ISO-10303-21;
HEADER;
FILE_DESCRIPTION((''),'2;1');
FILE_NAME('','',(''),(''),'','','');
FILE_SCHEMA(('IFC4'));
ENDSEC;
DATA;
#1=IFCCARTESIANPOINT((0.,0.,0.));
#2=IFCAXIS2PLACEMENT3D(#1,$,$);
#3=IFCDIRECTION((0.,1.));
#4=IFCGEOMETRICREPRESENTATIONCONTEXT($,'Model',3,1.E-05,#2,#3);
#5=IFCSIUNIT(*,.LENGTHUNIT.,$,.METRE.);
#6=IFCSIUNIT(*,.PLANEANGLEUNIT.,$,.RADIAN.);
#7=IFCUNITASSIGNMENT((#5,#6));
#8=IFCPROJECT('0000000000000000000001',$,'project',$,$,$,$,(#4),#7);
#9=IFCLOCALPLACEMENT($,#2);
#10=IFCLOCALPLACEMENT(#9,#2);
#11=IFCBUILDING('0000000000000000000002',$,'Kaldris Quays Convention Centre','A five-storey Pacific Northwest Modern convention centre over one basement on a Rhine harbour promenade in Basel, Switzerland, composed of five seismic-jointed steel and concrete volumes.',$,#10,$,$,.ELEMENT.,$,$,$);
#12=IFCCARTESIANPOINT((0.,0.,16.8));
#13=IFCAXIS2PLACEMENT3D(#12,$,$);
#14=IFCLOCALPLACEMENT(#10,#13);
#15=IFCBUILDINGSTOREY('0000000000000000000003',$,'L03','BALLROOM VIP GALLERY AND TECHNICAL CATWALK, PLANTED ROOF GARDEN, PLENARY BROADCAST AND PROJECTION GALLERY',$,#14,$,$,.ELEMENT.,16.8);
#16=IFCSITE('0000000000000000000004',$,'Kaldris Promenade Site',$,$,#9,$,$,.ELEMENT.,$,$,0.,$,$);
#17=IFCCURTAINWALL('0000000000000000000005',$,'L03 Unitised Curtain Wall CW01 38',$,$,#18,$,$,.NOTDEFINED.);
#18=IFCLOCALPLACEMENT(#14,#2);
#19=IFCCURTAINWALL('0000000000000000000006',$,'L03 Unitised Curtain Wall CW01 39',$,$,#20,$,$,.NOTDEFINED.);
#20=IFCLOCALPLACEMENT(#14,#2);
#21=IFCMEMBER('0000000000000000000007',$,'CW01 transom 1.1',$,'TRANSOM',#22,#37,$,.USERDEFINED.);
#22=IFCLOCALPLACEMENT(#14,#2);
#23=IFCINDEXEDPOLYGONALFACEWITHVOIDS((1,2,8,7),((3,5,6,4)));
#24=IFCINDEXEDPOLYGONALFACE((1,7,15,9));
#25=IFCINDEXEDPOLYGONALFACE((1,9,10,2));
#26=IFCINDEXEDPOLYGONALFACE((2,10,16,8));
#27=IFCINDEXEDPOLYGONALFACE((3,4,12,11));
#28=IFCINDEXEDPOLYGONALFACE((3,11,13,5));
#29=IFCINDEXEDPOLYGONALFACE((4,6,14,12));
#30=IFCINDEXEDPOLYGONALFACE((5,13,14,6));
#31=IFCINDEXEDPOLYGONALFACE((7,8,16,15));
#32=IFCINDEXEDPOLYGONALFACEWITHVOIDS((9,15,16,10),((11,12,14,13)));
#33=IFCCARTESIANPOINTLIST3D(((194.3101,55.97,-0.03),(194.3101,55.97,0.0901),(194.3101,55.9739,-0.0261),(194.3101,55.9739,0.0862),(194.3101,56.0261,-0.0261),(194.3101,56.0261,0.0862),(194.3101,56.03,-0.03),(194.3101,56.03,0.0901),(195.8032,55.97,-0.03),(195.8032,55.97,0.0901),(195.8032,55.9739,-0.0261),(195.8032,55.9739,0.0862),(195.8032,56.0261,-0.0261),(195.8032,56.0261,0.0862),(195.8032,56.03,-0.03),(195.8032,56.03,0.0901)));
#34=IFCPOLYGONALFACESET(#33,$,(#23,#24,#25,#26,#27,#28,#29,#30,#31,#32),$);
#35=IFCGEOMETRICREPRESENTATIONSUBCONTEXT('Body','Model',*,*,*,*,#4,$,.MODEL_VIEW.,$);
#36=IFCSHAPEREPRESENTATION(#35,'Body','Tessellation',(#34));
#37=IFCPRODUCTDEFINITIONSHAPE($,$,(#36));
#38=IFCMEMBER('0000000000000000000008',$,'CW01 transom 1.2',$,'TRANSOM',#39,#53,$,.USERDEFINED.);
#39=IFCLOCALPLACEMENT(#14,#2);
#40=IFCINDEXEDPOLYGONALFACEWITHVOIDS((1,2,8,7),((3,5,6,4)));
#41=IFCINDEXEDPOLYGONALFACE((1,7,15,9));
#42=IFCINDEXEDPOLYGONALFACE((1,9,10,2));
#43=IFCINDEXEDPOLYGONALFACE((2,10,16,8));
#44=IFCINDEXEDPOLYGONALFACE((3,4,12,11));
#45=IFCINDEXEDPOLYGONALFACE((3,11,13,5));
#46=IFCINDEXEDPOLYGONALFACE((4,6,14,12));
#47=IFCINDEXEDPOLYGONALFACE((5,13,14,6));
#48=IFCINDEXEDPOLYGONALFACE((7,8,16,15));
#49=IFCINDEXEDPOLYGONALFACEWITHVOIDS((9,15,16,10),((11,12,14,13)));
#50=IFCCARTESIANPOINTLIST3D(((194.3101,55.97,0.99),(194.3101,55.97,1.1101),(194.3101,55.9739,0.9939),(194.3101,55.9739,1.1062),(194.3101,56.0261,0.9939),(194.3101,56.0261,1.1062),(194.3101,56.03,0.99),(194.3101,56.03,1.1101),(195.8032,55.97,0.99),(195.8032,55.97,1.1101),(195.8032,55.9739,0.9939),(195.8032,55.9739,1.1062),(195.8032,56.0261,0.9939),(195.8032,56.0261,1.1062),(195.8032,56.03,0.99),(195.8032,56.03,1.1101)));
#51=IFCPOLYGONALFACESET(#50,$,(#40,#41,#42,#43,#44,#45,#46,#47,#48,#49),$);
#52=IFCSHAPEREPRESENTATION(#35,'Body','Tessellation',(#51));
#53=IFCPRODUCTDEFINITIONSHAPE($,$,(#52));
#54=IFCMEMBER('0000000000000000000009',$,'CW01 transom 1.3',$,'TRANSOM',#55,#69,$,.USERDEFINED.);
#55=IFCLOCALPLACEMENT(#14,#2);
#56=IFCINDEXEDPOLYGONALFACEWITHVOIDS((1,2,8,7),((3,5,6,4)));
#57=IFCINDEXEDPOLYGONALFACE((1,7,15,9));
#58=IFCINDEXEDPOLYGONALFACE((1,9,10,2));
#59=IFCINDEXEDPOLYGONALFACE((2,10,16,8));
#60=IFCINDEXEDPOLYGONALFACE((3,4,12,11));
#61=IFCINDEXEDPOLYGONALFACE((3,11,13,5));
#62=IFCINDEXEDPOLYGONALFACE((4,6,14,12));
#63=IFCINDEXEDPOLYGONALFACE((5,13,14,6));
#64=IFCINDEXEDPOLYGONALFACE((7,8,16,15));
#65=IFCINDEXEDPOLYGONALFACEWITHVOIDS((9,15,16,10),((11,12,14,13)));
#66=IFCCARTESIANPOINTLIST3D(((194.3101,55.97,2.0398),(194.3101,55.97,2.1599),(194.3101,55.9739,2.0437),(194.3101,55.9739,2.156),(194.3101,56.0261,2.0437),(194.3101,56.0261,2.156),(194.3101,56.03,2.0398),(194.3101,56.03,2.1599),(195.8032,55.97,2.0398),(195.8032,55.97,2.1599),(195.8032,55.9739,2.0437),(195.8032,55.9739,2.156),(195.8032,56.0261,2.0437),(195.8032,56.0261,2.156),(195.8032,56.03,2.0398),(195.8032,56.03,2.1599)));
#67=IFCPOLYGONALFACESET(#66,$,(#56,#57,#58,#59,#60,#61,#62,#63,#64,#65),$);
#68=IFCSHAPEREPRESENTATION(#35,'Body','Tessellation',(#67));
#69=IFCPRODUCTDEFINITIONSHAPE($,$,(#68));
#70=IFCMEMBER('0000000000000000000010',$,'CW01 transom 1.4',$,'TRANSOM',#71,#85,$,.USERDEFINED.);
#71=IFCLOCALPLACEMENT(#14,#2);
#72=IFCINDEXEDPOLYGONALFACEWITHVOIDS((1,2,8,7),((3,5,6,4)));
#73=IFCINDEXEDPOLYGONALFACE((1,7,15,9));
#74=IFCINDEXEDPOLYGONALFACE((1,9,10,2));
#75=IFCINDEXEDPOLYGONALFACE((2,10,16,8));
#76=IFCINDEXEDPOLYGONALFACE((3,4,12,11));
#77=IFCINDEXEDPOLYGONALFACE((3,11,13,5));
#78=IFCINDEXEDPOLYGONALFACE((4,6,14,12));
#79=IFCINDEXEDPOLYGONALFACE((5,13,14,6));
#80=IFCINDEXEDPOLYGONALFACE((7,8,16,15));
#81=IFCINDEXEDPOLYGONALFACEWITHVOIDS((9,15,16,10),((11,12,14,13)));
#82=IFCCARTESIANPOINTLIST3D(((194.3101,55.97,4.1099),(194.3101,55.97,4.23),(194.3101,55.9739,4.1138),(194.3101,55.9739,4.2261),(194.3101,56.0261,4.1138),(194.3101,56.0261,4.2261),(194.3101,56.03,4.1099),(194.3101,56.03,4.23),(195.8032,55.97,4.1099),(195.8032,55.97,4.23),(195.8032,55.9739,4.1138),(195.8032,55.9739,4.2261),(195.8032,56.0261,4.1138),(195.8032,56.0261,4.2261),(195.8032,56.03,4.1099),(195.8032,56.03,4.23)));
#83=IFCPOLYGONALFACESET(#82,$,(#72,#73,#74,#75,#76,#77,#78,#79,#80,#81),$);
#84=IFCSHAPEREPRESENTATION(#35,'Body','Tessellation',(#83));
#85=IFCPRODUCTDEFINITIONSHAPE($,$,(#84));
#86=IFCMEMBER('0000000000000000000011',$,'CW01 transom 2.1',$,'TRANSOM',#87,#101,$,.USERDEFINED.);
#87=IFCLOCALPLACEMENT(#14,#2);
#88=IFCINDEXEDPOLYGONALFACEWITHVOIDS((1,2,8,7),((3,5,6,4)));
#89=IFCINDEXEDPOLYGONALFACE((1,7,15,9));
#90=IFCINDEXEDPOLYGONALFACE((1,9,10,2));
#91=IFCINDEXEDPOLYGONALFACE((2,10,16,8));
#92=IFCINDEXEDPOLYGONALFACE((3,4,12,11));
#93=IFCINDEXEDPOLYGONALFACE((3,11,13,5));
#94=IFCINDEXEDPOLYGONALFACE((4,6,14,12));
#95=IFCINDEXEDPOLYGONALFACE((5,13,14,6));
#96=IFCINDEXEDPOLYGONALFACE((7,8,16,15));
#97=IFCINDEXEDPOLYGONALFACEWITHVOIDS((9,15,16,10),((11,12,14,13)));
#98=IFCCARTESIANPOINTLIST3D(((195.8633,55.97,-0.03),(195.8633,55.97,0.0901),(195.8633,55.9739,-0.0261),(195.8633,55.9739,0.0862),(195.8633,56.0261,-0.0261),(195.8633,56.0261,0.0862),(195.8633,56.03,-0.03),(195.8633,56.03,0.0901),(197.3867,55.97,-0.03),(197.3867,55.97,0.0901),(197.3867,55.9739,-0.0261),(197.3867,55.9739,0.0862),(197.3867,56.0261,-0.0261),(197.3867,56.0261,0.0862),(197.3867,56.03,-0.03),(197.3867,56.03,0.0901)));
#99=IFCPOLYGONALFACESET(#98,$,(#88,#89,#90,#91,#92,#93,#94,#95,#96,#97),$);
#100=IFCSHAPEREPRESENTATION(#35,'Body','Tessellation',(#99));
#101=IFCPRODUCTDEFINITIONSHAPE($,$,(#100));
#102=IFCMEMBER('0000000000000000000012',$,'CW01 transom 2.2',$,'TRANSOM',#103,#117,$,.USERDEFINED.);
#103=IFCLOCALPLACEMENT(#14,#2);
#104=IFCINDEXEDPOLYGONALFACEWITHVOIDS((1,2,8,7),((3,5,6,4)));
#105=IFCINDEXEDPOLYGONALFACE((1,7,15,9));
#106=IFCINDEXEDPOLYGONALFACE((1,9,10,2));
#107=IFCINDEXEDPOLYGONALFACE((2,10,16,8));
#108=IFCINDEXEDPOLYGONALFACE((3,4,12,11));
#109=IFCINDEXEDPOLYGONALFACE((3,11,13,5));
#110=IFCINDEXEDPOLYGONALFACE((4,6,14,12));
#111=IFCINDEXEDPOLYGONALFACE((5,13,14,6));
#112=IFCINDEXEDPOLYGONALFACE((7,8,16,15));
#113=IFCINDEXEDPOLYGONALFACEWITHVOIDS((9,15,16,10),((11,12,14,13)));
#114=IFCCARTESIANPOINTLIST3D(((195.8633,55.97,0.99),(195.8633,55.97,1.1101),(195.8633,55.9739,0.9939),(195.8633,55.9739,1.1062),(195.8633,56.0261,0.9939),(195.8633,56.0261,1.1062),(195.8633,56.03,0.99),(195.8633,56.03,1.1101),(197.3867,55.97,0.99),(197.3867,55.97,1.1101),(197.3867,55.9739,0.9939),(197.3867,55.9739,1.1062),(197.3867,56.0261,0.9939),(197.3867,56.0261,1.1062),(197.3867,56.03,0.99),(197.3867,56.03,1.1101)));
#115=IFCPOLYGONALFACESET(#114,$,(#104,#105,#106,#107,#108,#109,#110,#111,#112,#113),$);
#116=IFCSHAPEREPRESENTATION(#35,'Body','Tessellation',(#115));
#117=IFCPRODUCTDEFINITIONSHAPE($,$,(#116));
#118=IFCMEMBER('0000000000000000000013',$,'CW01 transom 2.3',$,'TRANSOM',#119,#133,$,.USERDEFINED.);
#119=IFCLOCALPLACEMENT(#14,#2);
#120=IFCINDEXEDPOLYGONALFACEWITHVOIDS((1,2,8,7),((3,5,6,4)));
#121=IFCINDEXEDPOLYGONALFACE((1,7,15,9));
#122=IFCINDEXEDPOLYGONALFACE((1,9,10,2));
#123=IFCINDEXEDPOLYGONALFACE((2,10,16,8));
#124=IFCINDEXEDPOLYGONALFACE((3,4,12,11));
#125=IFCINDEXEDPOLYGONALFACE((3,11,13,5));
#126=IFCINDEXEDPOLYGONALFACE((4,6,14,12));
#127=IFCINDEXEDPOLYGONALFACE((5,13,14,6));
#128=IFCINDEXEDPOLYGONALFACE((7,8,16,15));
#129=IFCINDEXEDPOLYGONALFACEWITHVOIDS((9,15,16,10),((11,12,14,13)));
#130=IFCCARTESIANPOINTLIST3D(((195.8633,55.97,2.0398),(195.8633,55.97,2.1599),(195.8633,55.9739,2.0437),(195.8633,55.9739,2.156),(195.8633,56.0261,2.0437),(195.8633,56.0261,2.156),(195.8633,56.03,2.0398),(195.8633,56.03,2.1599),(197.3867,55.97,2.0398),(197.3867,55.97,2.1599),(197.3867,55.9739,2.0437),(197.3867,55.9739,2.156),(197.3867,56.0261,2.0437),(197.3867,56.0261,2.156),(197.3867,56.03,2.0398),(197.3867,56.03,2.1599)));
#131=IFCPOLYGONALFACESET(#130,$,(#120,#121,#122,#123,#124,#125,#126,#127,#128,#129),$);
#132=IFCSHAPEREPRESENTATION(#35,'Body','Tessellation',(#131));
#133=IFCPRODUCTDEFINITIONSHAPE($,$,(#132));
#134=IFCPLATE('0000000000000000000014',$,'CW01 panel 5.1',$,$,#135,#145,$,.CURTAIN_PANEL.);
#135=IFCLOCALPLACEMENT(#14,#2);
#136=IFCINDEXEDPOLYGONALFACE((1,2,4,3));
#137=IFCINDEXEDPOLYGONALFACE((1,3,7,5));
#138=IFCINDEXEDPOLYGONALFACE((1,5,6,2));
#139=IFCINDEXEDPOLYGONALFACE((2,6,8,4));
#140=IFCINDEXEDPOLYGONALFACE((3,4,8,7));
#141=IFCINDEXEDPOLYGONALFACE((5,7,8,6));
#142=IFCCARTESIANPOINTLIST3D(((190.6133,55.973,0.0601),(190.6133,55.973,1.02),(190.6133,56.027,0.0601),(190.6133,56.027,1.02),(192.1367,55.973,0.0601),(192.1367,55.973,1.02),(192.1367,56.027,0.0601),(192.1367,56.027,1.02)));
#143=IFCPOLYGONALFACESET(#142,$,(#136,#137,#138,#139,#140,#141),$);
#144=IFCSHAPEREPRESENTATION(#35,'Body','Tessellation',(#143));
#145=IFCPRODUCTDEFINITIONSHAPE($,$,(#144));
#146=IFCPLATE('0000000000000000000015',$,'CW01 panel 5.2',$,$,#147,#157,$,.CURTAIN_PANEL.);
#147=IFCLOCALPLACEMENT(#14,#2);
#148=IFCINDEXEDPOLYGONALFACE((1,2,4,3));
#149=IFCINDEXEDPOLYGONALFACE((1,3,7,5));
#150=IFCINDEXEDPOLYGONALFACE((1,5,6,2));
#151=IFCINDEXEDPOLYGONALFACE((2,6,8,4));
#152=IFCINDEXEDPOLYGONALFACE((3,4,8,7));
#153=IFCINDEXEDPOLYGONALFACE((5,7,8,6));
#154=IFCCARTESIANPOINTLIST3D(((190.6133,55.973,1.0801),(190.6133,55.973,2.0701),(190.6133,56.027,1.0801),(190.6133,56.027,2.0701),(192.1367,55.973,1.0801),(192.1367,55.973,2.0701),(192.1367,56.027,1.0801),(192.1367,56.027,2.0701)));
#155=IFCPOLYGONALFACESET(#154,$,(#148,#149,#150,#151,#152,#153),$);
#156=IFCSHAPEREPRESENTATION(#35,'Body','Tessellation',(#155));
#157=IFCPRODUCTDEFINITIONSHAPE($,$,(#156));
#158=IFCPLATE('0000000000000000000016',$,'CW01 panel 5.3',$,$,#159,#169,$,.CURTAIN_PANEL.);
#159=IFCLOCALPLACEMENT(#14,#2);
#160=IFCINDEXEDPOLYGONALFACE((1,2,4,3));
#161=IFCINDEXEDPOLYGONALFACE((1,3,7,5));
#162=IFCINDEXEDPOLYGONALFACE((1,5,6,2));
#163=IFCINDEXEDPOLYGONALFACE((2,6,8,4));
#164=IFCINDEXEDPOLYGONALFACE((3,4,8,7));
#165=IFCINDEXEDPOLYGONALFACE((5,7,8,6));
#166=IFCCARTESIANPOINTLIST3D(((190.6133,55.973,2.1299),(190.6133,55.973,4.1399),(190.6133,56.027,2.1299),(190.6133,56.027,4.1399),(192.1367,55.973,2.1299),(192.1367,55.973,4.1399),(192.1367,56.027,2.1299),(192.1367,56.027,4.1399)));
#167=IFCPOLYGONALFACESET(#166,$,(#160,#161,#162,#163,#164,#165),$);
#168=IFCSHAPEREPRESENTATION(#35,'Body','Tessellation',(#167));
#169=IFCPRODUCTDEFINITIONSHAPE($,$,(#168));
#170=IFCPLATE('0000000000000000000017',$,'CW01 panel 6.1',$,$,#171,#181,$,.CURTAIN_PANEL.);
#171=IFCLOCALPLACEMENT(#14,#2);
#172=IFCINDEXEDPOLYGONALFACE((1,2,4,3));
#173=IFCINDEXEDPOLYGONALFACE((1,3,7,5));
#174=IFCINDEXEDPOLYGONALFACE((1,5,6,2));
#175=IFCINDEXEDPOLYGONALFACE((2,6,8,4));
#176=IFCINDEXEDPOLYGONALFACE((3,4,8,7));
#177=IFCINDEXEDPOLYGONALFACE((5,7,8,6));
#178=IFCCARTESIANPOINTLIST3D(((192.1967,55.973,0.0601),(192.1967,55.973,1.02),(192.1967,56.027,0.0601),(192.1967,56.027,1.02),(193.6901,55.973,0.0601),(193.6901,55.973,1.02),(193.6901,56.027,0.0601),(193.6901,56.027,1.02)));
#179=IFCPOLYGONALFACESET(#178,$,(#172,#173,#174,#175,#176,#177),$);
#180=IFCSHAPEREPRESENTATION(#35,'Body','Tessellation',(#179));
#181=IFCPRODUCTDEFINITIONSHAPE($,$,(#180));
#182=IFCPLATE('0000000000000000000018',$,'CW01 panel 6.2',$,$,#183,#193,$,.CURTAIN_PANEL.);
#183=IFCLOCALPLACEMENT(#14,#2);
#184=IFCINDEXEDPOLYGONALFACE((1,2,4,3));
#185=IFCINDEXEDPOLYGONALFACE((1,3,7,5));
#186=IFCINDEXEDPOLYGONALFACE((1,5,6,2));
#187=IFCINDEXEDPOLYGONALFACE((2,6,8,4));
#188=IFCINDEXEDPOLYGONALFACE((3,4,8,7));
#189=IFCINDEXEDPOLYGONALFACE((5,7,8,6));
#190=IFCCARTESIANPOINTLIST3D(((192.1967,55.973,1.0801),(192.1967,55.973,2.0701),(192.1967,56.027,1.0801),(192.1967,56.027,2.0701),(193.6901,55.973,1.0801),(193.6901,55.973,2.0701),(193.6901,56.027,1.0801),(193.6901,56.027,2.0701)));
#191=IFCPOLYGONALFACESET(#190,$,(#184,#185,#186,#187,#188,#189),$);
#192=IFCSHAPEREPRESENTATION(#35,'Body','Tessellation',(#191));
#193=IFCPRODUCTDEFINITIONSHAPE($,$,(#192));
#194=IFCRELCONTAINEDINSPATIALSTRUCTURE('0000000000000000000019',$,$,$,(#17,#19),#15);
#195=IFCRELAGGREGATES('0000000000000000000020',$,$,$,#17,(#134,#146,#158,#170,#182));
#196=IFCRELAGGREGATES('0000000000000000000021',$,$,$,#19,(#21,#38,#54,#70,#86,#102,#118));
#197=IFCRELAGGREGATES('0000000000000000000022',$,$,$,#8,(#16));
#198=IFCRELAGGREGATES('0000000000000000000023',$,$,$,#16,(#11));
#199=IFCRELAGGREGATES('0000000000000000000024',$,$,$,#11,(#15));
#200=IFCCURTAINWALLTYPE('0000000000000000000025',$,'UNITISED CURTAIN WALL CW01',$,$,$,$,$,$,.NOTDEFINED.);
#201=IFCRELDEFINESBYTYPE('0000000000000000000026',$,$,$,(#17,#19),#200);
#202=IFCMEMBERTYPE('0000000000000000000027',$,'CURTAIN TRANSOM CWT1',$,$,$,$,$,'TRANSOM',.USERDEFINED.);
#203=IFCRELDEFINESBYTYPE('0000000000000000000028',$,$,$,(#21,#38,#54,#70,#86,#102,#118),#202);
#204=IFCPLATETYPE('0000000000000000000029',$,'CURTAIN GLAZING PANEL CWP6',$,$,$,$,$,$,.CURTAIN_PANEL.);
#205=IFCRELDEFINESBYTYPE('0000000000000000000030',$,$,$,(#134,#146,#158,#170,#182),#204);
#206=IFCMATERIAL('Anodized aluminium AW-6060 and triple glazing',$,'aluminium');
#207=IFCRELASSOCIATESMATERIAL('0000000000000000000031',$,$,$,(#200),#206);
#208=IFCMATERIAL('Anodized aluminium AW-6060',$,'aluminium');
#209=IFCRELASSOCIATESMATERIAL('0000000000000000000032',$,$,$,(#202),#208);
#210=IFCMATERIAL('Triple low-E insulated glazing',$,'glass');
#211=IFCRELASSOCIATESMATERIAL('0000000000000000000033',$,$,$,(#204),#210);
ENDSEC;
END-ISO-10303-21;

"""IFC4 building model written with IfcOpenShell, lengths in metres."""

from ifc_helpers import new_model, si_unit, direction, frame, origin, origin_2d, place, context, subcontext, project, spatial, rectangle, hollow_rectangle, extrude, material, material_profile, profile_set, type_object, element, aggregate, save


model = new_model("IFC4")

# Units and contexts
model_context = context("Model", 3, precision=1e-05, world=origin(), true_north=direction((0.0, 1.0)))
body_context = subcontext(model_context, "Body", "Model", "MODEL_VIEW")
ifc_project = project(units=[si_unit("LENGTHUNIT", "METRE"), si_unit("PLANEANGLEUNIT", "RADIAN")], contexts=[model_context])

# Site, building, storey
site_placement = place(None, origin())
site = spatial("IfcSite", under=ifc_project, at=site_placement, Name="Kaldris Promenade Site", CompositionType="ELEMENT", RefElevation=0.0)
building_placement = place(site_placement, origin())
building = spatial("IfcBuilding", under=site, at=building_placement, Name="Kaldris Quays Convention Centre", Description="A five-storey Pacific Northwest Modern convention centre over one basement on a Rhine harbour promenade in Basel, Switzerland, composed of five seismic-jointed steel and concrete volumes.", CompositionType="ELEMENT")
storey_placement = place(building_placement, frame((0.0, 0.0, 16.8)))
storey = spatial("IfcBuildingStorey", under=building, at=storey_placement, Name="L03", Description="BALLROOM VIP GALLERY AND TECHNICAL CATWALK, PLANTED ROOF GARDEN, PLENARY BROADCAST AND PROJECTION GALLERY", CompositionType="ELEMENT", Elevation=16.8)

# Curtain walls
ifc_material_1 = material(Name="Anodized aluminium AW-6060 and triple glazing", Category="aluminium")
curtain_wall_type = type_object("IfcCurtainWallType", Name="UNITISED CURTAIN WALL CW01", PredefinedType="NOTDEFINED", material=ifc_material_1)
curtain_wall_1_placement = place(storey_placement, origin())
curtain_wall_1 = element("IfcCurtainWall", 1, at=curtain_wall_1_placement, inside=storey, type_object=curtain_wall_type, Name="L03 Unitised Curtain Wall CW01 38", PredefinedType="NOTDEFINED")
ifc_material_2 = material(Name="Anodized aluminium AW-6060", Category="aluminium")
curtain_wall_2_placement = place(storey_placement, origin())
curtain_wall_2 = element("IfcCurtainWall", 2, at=curtain_wall_2_placement, inside=storey, type_object=curtain_wall_type, Name="L03 Unitised Curtain Wall CW01 39", PredefinedType="NOTDEFINED")

# Members
ifc_material_profile_1 = material_profile(ifc_material_2, hollow_rectangle(XDim=0.0601, YDim=0.1201, WallThickness=0.0039, at=origin_2d()), Name="RHS 120x60x4")
ifc_profile_set_1 = profile_set([ifc_material_profile_1], Name="Anodized aluminium AW-6060")
member_type_1 = type_object("IfcMemberType", Name="CURTAIN TRANSOM CWT1", ElementType="TRANSOM", PredefinedType="USERDEFINED", material=ifc_profile_set_1)
member_1_placement = place(storey_placement, frame((194.3101, 56.0, 0.03), z_axis=(1.0, 0.0, 0.0), x_axis=(0.0, 1.0, 0.0)))
member_1 = element("IfcMember", 3, at=member_1_placement, type_object=member_type_1, Name="CW01 transom 1.1", ObjectType="TRANSOM", PredefinedType="USERDEFINED", context=body_context, shape_type="SweptSolid", body=[
    extrude(hollow_rectangle(XDim=0.0601, YDim=0.1201, WallThickness=0.0039, at=origin_2d()), origin(), (0.0, 0.0, 1.0), 1.4932),
])
member_2_placement = place(storey_placement, frame((194.3101, 56.0, 1.05), z_axis=(1.0, 0.0, 0.0), x_axis=(0.0, 1.0, 0.0)))
member_2 = element("IfcMember", 4, at=member_2_placement, type_object=member_type_1, Name="CW01 transom 1.2", ObjectType="TRANSOM", PredefinedType="USERDEFINED", context=body_context, shape_type="SweptSolid", body=[
    extrude(hollow_rectangle(XDim=0.0601, YDim=0.1201, WallThickness=0.0039, at=origin_2d()), origin(), (0.0, 0.0, 1.0), 1.4932),
])
member_3_placement = place(storey_placement, frame((194.3101, 56.0, 2.0999), z_axis=(1.0, 0.0, 0.0), x_axis=(0.0, 1.0, 0.0)))
member_3 = element("IfcMember", 5, at=member_3_placement, type_object=member_type_1, Name="CW01 transom 1.3", ObjectType="TRANSOM", PredefinedType="USERDEFINED", context=body_context, shape_type="SweptSolid", body=[
    extrude(hollow_rectangle(XDim=0.0601, YDim=0.1201, WallThickness=0.0039, at=origin_2d()), origin(), (0.0, 0.0, 1.0), 1.4932),
])
member_4_placement = place(storey_placement, frame((194.3101, 56.0, 4.1699), z_axis=(1.0, 0.0, 0.0), x_axis=(0.0, 1.0, 0.0)))
member_4 = element("IfcMember", 6, at=member_4_placement, type_object=member_type_1, Name="CW01 transom 1.4", ObjectType="TRANSOM", PredefinedType="USERDEFINED", context=body_context, shape_type="SweptSolid", body=[
    extrude(hollow_rectangle(XDim=0.0601, YDim=0.1201, WallThickness=0.0039, at=origin_2d()), origin(), (0.0, 0.0, 1.0), 1.4932),
])
member_5_placement = place(storey_placement, frame((195.8633, 56.0, 0.03), z_axis=(1.0, 0.0, 0.0), x_axis=(0.0, 1.0, 0.0)))
member_5 = element("IfcMember", 7, at=member_5_placement, type_object=member_type_1, Name="CW01 transom 2.1", ObjectType="TRANSOM", PredefinedType="USERDEFINED", context=body_context, shape_type="SweptSolid", body=[
    extrude(hollow_rectangle(XDim=0.0601, YDim=0.1201, WallThickness=0.0039, at=origin_2d()), origin(), (0.0, 0.0, 1.0), 1.5234),
])
member_6_placement = place(storey_placement, frame((195.8633, 56.0, 1.05), z_axis=(1.0, 0.0, 0.0), x_axis=(0.0, 1.0, 0.0)))
member_6 = element("IfcMember", 8, at=member_6_placement, type_object=member_type_1, Name="CW01 transom 2.2", ObjectType="TRANSOM", PredefinedType="USERDEFINED", context=body_context, shape_type="SweptSolid", body=[
    extrude(hollow_rectangle(XDim=0.0601, YDim=0.1201, WallThickness=0.0039, at=origin_2d()), origin(), (0.0, 0.0, 1.0), 1.5234),
])
member_7_placement = place(storey_placement, frame((195.8633, 56.0, 2.0999), z_axis=(1.0, 0.0, 0.0), x_axis=(0.0, 1.0, 0.0)))
member_7 = element("IfcMember", 9, at=member_7_placement, type_object=member_type_1, Name="CW01 transom 2.3", ObjectType="TRANSOM", PredefinedType="USERDEFINED", context=body_context, shape_type="SweptSolid", body=[
    extrude(hollow_rectangle(XDim=0.0601, YDim=0.1201, WallThickness=0.0039, at=origin_2d()), origin(), (0.0, 0.0, 1.0), 1.5234),
])

# Plates
ifc_material_3 = material(Name="Triple low-E insulated glazing", Category="glass")
plate_type_1 = type_object("IfcPlateType", Name="CURTAIN GLAZING PANEL CWP6", PredefinedType="CURTAIN_PANEL", material=ifc_material_3)
plate_1_placement = place(storey_placement, frame((191.375, 56.0, 0.0601), z_axis=(0.0, 0.0, 1.0), x_axis=(1.0, 0.0, 0.0)))
plate_1 = element("IfcPlate", 10, at=plate_1_placement, type_object=plate_type_1, Name="CW01 panel 5.1", PredefinedType="CURTAIN_PANEL", context=body_context, shape_type="SweptSolid", body=[
    extrude(rectangle(XDim=1.5234, YDim=0.054, at=origin_2d()), origin(), (0.0, 0.0, 1.0), 0.96),
])
plate_2_placement = place(storey_placement, frame((191.375, 56.0, 1.0801), z_axis=(0.0, 0.0, 1.0), x_axis=(1.0, 0.0, 0.0)))
plate_2 = element("IfcPlate", 11, at=plate_2_placement, type_object=plate_type_1, Name="CW01 panel 5.2", PredefinedType="CURTAIN_PANEL", context=body_context, shape_type="SweptSolid", body=[
    extrude(rectangle(XDim=1.5234, YDim=0.054, at=origin_2d()), origin(), (0.0, 0.0, 1.0), 0.99),
])
plate_3_placement = place(storey_placement, frame((191.375, 56.0, 2.1299), z_axis=(0.0, 0.0, 1.0), x_axis=(1.0, 0.0, 0.0)))
plate_3 = element("IfcPlate", 12, at=plate_3_placement, type_object=plate_type_1, Name="CW01 panel 5.3", PredefinedType="CURTAIN_PANEL", context=body_context, shape_type="SweptSolid", body=[
    extrude(rectangle(XDim=1.5234, YDim=0.054, at=origin_2d()), origin(), (0.0, 0.0, 1.0), 2.01),
])
plate_4_placement = place(storey_placement, frame((192.9434, 56.0, 0.0601), z_axis=(0.0, 0.0, 1.0), x_axis=(1.0, 0.0, 0.0)))
plate_4 = element("IfcPlate", 13, at=plate_4_placement, type_object=plate_type_1, Name="CW01 panel 6.1", PredefinedType="CURTAIN_PANEL", context=body_context, shape_type="SweptSolid", body=[
    extrude(rectangle(XDim=1.4934, YDim=0.054, at=origin_2d()), origin(), (0.0, 0.0, 1.0), 0.96),
])
plate_5_placement = place(storey_placement, frame((192.9434, 56.0, 1.0801), z_axis=(0.0, 0.0, 1.0), x_axis=(1.0, 0.0, 0.0)))
plate_5 = element("IfcPlate", 14, at=plate_5_placement, type_object=plate_type_1, Name="CW01 panel 6.2", PredefinedType="CURTAIN_PANEL", context=body_context, shape_type="SweptSolid", body=[
    extrude(rectangle(XDim=1.4934, YDim=0.054, at=origin_2d()), origin(), (0.0, 0.0, 1.0), 0.99),
])
aggregate(curtain_wall_1, [plate_1, plate_2, plate_3, plate_4, plate_5])
aggregate(curtain_wall_2, [member_1, member_2, member_3, member_4, member_5, member_6, member_7])

save(model, "model.ifc")
